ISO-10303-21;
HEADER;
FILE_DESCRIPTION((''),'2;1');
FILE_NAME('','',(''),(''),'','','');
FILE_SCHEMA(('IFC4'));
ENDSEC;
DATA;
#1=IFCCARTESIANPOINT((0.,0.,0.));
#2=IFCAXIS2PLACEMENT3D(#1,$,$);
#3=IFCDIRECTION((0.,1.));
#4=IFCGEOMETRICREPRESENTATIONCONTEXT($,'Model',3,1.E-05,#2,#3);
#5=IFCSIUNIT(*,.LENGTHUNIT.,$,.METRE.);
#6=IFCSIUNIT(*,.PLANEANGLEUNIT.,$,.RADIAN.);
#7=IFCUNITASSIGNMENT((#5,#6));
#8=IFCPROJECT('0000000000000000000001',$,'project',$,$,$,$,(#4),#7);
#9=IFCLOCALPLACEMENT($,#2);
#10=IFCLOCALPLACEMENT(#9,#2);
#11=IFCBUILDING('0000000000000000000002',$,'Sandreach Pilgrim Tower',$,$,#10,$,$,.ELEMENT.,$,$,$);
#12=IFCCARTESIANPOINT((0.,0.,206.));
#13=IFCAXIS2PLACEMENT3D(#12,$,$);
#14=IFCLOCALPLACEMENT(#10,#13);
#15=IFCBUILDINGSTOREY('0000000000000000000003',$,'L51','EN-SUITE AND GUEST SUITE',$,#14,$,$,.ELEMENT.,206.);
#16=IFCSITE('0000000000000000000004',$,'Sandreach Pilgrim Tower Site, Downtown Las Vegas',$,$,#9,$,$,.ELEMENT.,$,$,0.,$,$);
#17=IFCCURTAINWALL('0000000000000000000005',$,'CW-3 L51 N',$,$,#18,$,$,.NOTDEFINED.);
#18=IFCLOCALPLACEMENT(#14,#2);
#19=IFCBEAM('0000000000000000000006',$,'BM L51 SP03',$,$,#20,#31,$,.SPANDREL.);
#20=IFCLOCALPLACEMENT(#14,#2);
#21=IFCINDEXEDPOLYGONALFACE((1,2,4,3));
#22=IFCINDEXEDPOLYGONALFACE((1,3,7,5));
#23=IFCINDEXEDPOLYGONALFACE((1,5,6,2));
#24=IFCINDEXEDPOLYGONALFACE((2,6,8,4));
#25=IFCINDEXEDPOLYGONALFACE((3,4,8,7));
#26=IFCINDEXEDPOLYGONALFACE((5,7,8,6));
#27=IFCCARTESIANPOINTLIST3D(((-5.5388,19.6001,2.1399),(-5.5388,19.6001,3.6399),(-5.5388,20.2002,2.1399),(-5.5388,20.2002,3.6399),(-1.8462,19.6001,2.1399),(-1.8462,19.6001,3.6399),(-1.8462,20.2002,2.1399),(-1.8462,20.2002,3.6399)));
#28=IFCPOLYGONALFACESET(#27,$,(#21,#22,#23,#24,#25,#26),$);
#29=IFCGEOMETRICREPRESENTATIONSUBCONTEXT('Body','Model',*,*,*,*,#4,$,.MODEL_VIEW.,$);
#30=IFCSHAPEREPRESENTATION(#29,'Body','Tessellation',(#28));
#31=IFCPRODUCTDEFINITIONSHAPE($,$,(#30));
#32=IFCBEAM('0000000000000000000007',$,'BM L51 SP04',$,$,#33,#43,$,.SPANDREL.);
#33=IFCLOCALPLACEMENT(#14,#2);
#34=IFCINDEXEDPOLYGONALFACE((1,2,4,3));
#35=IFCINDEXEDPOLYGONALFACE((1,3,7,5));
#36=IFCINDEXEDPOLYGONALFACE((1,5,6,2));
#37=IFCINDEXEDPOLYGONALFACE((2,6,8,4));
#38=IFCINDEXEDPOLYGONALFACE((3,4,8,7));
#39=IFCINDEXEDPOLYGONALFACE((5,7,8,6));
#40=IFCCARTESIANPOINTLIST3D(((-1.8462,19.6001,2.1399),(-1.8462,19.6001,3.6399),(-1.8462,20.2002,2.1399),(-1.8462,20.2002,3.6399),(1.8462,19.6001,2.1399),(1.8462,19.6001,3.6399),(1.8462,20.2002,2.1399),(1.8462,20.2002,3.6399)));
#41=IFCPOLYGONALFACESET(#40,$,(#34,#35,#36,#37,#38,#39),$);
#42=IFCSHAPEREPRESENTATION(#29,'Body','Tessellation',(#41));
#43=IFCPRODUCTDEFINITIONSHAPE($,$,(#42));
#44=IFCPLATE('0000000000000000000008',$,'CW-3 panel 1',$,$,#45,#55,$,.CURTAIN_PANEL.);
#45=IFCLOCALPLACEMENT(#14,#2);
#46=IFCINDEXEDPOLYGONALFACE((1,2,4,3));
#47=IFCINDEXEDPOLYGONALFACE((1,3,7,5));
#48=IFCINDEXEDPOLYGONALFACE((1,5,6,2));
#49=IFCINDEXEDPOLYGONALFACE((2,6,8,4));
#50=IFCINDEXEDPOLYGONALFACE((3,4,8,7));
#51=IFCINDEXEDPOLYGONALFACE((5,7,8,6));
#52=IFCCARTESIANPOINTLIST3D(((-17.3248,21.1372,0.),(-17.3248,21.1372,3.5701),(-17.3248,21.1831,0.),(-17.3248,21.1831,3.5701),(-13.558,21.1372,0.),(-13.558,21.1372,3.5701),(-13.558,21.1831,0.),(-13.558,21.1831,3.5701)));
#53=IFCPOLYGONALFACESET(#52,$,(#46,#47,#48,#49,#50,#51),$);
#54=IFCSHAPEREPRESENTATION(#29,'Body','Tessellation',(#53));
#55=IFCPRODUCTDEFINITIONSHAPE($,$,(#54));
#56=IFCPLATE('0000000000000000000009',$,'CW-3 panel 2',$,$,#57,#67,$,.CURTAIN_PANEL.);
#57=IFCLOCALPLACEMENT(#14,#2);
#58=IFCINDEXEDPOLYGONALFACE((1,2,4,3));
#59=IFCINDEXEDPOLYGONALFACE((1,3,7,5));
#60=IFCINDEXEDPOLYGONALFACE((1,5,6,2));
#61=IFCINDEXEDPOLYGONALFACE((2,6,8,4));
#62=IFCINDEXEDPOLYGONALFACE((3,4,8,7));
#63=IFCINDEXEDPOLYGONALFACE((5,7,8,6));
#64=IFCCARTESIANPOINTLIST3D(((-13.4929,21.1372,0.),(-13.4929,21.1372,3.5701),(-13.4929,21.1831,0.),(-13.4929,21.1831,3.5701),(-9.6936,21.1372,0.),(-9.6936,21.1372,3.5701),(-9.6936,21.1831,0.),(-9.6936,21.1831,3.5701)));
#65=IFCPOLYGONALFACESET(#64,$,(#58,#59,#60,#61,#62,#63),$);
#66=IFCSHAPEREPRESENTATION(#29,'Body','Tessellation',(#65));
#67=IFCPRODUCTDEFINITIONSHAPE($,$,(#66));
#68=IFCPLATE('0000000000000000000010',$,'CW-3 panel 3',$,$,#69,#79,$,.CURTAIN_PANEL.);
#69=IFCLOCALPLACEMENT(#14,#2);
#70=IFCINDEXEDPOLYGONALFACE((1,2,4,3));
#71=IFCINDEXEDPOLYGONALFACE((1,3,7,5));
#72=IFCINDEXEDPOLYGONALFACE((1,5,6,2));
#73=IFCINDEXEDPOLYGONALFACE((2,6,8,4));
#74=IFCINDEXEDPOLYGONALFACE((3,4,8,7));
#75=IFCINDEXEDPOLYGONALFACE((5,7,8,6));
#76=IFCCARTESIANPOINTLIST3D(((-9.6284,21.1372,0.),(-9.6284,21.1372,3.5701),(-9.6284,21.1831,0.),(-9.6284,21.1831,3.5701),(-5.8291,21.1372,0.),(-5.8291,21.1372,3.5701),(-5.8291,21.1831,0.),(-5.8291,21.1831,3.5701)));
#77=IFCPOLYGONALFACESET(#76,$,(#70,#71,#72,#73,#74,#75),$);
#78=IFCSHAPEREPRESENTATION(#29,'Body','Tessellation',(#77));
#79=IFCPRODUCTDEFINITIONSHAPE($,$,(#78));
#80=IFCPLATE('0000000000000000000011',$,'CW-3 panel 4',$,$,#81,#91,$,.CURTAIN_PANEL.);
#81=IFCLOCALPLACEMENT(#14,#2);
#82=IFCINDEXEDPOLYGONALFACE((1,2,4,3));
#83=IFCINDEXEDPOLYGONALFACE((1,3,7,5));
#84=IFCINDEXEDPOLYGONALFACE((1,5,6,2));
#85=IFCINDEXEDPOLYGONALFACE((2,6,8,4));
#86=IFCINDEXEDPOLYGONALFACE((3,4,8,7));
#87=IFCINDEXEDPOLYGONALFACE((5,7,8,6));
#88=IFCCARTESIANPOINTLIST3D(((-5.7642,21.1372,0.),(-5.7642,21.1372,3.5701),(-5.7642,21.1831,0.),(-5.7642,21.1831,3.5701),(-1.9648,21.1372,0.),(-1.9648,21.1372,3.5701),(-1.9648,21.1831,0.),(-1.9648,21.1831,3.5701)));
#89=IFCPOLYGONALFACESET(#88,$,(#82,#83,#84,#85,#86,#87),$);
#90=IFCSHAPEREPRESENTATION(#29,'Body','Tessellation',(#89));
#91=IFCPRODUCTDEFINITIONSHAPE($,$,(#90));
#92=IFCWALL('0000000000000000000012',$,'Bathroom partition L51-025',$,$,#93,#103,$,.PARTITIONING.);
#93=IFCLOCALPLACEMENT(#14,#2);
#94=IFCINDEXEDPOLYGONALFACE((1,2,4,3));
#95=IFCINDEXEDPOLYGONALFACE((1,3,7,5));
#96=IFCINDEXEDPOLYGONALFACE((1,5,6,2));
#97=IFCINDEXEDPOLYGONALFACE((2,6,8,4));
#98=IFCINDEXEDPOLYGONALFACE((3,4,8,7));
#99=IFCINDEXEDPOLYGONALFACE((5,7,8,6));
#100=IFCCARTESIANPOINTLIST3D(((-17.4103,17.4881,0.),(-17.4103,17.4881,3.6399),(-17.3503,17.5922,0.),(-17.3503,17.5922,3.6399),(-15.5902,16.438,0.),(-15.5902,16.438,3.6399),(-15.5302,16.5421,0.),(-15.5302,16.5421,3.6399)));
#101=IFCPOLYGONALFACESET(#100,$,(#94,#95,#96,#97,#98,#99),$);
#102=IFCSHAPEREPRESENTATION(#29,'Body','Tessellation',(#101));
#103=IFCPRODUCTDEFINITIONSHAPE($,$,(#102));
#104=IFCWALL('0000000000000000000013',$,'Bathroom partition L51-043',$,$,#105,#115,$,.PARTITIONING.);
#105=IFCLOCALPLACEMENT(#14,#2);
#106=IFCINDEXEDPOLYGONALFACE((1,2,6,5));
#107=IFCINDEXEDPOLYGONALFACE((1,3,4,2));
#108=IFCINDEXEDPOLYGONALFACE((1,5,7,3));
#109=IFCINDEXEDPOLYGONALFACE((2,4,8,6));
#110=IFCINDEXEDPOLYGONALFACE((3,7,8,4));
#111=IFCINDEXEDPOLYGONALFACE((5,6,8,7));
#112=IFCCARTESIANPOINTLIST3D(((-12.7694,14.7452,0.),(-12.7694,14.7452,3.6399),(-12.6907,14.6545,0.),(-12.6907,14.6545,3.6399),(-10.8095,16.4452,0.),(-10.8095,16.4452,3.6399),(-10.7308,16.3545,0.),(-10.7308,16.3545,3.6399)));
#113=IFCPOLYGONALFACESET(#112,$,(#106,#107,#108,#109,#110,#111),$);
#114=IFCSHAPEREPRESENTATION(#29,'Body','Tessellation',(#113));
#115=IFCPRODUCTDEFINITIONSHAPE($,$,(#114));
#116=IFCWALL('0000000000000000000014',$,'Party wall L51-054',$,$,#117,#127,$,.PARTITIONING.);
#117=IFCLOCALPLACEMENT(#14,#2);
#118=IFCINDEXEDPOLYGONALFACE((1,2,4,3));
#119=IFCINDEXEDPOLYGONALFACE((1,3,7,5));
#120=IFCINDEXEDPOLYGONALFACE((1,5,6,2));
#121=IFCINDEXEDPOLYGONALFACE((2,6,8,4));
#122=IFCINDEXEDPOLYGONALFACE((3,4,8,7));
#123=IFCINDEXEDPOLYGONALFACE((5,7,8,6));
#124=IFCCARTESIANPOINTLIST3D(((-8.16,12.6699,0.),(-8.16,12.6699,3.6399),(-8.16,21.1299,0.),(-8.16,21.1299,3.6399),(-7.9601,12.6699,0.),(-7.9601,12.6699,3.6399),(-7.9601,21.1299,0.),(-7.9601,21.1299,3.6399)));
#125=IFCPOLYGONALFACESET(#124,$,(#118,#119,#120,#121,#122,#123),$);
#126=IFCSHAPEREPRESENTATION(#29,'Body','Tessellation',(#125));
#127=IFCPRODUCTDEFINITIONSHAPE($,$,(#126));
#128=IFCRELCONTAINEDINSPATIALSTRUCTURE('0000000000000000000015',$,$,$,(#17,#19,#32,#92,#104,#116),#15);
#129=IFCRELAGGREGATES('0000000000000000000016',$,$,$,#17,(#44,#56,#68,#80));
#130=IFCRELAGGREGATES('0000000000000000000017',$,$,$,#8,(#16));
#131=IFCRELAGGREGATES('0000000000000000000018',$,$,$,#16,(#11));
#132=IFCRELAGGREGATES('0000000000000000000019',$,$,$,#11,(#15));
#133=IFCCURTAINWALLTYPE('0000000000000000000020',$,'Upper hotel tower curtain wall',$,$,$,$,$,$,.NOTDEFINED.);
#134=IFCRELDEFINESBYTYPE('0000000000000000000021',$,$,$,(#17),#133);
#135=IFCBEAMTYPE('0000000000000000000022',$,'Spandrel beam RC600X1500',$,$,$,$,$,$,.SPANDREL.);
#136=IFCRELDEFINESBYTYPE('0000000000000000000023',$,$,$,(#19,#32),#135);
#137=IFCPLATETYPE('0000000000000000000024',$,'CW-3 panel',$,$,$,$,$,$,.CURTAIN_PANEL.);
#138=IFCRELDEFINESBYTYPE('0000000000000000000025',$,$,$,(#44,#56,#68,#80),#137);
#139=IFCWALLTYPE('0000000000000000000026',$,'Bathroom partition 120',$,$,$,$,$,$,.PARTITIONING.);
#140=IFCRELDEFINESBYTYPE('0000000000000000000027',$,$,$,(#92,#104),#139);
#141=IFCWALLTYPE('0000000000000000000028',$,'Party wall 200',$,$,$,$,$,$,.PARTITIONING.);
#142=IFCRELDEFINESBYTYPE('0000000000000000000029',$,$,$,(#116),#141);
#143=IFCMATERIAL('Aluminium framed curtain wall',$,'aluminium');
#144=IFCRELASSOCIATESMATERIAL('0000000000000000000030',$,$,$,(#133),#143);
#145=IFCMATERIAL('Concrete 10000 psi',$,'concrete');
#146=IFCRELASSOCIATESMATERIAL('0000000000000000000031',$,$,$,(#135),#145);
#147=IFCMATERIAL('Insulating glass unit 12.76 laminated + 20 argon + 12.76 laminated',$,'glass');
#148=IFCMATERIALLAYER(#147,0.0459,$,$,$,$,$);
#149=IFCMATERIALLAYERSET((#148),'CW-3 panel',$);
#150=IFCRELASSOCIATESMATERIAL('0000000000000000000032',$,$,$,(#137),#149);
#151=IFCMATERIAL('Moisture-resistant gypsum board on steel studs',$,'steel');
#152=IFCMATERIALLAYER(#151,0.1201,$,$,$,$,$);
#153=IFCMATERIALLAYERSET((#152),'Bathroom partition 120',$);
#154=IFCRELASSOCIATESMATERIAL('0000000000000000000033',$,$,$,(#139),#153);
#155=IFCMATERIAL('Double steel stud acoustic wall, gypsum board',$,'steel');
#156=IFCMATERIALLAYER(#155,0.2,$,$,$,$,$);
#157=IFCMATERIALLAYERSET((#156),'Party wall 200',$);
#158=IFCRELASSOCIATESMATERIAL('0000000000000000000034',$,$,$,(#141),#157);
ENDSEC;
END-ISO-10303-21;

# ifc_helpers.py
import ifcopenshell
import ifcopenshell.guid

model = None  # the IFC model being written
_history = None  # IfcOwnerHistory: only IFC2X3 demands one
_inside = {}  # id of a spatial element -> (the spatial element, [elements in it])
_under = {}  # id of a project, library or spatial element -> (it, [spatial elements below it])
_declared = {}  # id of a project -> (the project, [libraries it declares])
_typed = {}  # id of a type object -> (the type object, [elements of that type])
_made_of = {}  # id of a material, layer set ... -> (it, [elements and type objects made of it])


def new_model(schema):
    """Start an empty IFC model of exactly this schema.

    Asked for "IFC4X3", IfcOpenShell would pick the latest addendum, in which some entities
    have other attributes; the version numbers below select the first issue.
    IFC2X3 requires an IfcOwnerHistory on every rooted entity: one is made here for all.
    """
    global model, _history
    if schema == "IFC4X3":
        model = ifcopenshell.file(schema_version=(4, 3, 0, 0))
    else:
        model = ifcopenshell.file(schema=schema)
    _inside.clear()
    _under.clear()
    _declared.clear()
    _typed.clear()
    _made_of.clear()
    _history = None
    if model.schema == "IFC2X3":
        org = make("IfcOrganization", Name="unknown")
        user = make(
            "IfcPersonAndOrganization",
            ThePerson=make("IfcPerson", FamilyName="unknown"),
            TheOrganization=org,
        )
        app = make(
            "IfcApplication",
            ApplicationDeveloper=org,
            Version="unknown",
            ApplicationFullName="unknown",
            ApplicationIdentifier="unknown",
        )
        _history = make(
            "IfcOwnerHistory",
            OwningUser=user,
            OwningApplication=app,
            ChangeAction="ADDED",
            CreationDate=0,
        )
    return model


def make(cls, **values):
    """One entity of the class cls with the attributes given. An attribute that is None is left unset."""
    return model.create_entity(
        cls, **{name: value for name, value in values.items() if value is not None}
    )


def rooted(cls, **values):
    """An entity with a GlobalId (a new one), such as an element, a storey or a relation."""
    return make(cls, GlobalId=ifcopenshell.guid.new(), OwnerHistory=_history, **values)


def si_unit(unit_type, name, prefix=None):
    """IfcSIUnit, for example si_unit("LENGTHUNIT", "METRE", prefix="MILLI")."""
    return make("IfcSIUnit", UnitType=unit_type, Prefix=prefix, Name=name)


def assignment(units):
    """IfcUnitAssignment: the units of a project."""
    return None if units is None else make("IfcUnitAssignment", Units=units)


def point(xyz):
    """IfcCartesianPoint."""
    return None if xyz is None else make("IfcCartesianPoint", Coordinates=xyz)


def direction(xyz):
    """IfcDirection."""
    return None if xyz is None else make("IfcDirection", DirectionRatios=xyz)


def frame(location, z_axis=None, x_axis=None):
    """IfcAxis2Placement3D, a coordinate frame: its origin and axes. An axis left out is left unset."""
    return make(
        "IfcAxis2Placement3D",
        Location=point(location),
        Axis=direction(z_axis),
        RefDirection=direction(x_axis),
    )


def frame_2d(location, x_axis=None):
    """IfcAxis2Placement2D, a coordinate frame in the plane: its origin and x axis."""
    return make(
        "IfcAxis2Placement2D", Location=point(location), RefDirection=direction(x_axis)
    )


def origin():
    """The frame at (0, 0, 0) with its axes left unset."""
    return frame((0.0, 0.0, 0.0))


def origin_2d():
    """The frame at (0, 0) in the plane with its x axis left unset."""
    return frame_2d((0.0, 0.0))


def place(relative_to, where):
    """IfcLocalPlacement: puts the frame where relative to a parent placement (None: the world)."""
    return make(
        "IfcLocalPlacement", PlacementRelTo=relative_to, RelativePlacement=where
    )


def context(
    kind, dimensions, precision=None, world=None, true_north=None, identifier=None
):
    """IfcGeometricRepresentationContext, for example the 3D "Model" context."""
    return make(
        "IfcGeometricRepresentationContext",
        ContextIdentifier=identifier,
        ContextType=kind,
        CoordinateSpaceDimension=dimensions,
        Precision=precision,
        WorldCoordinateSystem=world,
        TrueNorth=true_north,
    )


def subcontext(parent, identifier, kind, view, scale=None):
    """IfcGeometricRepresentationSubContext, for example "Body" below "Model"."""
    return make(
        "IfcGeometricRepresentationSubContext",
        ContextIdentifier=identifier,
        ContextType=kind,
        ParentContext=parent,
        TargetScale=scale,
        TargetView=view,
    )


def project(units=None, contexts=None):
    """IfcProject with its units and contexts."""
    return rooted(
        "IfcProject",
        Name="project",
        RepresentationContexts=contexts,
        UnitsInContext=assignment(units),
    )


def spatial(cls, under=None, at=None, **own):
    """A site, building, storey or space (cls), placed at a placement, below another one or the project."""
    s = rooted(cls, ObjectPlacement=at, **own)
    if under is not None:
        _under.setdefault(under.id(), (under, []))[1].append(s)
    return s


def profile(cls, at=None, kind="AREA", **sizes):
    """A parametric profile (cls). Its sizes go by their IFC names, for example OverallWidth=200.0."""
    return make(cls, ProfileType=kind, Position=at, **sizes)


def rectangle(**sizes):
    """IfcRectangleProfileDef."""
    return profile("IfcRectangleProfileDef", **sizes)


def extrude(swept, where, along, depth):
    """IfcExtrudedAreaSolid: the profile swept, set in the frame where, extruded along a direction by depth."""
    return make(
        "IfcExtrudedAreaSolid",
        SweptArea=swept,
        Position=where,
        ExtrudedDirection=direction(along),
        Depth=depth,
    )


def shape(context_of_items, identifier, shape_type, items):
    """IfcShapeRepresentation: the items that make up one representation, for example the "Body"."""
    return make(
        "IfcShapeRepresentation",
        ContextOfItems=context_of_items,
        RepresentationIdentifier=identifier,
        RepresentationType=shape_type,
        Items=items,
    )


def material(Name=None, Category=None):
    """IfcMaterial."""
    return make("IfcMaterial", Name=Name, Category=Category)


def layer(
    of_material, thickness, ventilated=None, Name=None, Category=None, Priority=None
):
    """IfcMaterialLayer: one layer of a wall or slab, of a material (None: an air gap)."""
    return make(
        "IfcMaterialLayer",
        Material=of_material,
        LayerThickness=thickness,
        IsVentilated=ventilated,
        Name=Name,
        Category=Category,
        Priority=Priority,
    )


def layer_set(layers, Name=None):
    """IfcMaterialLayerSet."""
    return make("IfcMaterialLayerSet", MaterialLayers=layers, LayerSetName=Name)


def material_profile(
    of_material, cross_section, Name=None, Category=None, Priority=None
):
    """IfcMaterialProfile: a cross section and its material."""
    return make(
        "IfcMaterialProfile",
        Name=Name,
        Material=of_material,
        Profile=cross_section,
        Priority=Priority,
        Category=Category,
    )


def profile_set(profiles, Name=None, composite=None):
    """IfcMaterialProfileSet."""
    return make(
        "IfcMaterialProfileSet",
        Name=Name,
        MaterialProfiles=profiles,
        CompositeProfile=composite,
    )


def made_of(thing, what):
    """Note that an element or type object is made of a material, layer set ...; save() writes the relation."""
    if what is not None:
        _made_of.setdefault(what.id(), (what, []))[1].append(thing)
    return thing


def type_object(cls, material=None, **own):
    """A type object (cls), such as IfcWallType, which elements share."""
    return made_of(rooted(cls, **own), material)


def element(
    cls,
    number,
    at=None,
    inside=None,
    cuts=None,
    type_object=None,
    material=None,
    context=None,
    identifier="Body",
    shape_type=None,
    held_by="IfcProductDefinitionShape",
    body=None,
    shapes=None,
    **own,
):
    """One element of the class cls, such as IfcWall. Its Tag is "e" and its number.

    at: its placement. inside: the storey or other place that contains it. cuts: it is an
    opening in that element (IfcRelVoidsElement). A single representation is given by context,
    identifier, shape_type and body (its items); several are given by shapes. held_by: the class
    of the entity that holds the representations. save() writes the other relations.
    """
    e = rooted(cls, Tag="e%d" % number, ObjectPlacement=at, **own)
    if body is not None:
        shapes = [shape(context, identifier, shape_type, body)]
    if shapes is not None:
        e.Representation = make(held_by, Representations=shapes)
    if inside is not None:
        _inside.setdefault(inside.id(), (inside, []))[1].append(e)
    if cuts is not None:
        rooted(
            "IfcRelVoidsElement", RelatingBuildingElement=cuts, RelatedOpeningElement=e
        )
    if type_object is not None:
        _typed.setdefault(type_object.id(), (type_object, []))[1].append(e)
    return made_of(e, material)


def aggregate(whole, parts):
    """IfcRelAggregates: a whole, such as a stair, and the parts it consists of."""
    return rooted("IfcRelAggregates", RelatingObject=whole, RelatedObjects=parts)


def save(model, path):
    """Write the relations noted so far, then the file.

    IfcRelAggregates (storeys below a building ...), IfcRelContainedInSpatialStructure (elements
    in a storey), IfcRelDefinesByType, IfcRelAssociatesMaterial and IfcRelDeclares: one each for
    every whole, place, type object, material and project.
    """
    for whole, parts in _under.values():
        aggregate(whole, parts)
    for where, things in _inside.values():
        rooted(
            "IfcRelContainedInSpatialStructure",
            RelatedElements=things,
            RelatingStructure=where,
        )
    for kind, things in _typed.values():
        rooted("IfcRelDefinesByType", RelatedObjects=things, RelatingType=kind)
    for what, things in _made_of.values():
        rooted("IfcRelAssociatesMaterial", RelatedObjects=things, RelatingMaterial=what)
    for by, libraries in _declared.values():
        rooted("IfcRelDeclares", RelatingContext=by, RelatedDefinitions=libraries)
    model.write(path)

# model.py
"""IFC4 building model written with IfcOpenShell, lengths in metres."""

from ifc_helpers import new_model, si_unit, direction, frame, frame_2d, origin, origin_2d, place, context, subcontext, project, spatial, rectangle, extrude, material, layer, layer_set, material_profile, profile_set, type_object, element, aggregate, save


model = new_model("IFC4")

# Units and contexts
model_context = context("Model", 3, precision=1e-05, world=origin(), true_north=direction((0.0, 1.0)))
body_context = subcontext(model_context, "Body", "Model", "MODEL_VIEW")
ifc_project = project(units=[si_unit("LENGTHUNIT", "METRE"), si_unit("PLANEANGLEUNIT", "RADIAN")], contexts=[model_context])

# Site, building, storey
site_placement = place(None, origin())
site = spatial("IfcSite", under=ifc_project, at=site_placement, Name="Sandreach Pilgrim Tower Site, Downtown Las Vegas", CompositionType="ELEMENT", RefElevation=0.0)
building_placement = place(site_placement, origin())
building = spatial("IfcBuilding", under=site, at=building_placement, Name="Sandreach Pilgrim Tower", CompositionType="ELEMENT")
storey_placement = place(building_placement, frame((0.0, 0.0, 206.0)))
storey = spatial("IfcBuildingStorey", under=building, at=storey_placement, Name="L51", Description="EN-SUITE AND GUEST SUITE", CompositionType="ELEMENT", Elevation=206.0)

# Curtain wall
ifc_material_1 = material(Name="Aluminium framed curtain wall", Category="aluminium")
curtain_wall_type = type_object("IfcCurtainWallType", Name="Upper hotel tower curtain wall", PredefinedType="NOTDEFINED", material=ifc_material_1)
curtain_wall_placement = place(storey_placement, origin())
curtain_wall = element("IfcCurtainWall", 1, at=curtain_wall_placement, inside=storey, type_object=curtain_wall_type, Name="CW-3 L51 N", PredefinedType="NOTDEFINED")

# Beams
ifc_material_2 = material(Name="Concrete 10000 psi", Category="concrete")
ifc_material_profile_1 = material_profile(ifc_material_2, rectangle(XDim=0.6001, YDim=1.5, at=origin_2d()), Name="RC600X1500")
ifc_profile_set_1 = profile_set([ifc_material_profile_1], Name="Concrete 10000 psi")
beam_type_1 = type_object("IfcBeamType", Name="Spandrel beam RC600X1500", PredefinedType="SPANDREL", material=ifc_profile_set_1)
beam_1_placement = place(storey_placement, frame((-5.5388, 19.9001, 2.8899), z_axis=(1.0, 0.0, 0.0), x_axis=(0.0, 1.0, 0.0)))
element("IfcBeam", 2, at=beam_1_placement, inside=storey, type_object=beam_type_1, Name="BM L51 SP03", PredefinedType="SPANDREL", context=body_context, shape_type="SweptSolid", body=[
    extrude(rectangle(XDim=0.6001, YDim=1.5, at=origin_2d()), origin(), (0.0, 0.0, 1.0), 3.6926),
])
beam_2_placement = place(storey_placement, frame((-1.8462, 19.9001, 2.8899), z_axis=(1.0, 0.0, 0.0), x_axis=(0.0, 1.0, 0.0)))
element("IfcBeam", 3, at=beam_2_placement, inside=storey, type_object=beam_type_1, Name="BM L51 SP04", PredefinedType="SPANDREL", context=body_context, shape_type="SweptSolid", body=[
    extrude(rectangle(XDim=0.6001, YDim=1.5, at=origin_2d()), origin(), (0.0, 0.0, 1.0), 3.6924),
])

# Plates
ifc_material_3 = material(Name="Insulating glass unit 12.76 laminated + 20 argon + 12.76 laminated", Category="glass")
ifc_layer_1 = layer(ifc_material_3, 0.0459)
ifc_layer_set_1 = layer_set([ifc_layer_1], Name="CW-3 panel")
plate_type = type_object("IfcPlateType", Name="CW-3 panel", PredefinedType="CURTAIN_PANEL", material=ifc_layer_set_1)
plate_1_placement = place(storey_placement, frame((-15.4414, 21.1602, 0.0), z_axis=(0.0, 0.0, 1.0), x_axis=(1.0, 0.0, 0.0)))
plate_1 = element("IfcPlate", 4, at=plate_1_placement, type_object=plate_type, Name="CW-3 panel 1", PredefinedType="CURTAIN_PANEL", context=body_context, shape_type="SweptSolid", body=[
    extrude(rectangle(XDim=3.7668, YDim=0.0459, at=origin_2d()), origin(), (0.0, 0.0, 1.0), 3.5701),
])
plate_2_placement = place(storey_placement, frame((-11.5933, 21.1602, 0.0), z_axis=(0.0, 0.0, 1.0), x_axis=(1.0, 0.0, 0.0)))
plate_2 = element("IfcPlate", 5, at=plate_2_placement, type_object=plate_type, Name="CW-3 panel 2", PredefinedType="CURTAIN_PANEL", context=body_context, shape_type="SweptSolid", body=[
    extrude(rectangle(XDim=3.7993, YDim=0.0459, at=origin_2d()), origin(), (0.0, 0.0, 1.0), 3.5701),
])
plate_3_placement = place(storey_placement, frame((-7.7288, 21.1602, 0.0), z_axis=(0.0, 0.0, 1.0), x_axis=(1.0, 0.0, 0.0)))
plate_3 = element("IfcPlate", 6, at=plate_3_placement, type_object=plate_type, Name="CW-3 panel 3", PredefinedType="CURTAIN_PANEL", context=body_context, shape_type="SweptSolid", body=[
    extrude(rectangle(XDim=3.7993, YDim=0.0459, at=origin_2d()), origin(), (0.0, 0.0, 1.0), 3.5701),
])
plate_4_placement = place(storey_placement, frame((-3.8645, 21.1602, 0.0), z_axis=(0.0, 0.0, 1.0), x_axis=(1.0, 0.0, 0.0)))
plate_4 = element("IfcPlate", 7, at=plate_4_placement, type_object=plate_type, Name="CW-3 panel 4", PredefinedType="CURTAIN_PANEL", context=body_context, shape_type="SweptSolid", body=[
    extrude(rectangle(XDim=3.7993, YDim=0.0459, at=origin_2d()), origin(), (0.0, 0.0, 1.0), 3.5701),
])
aggregate(curtain_wall, [plate_1, plate_2, plate_3, plate_4])

# Walls
ifc_material_4 = material(Name="Moisture-resistant gypsum board on steel studs", Category="steel")
ifc_layer_2 = layer(ifc_material_4, 0.1201)
ifc_layer_set_2 = layer_set([ifc_layer_2], Name="Bathroom partition 120")
wall_type_1 = type_object("IfcWallType", Name="Bathroom partition 120", PredefinedType="PARTITIONING", material=ifc_layer_set_2)
wall_1_placement = place(storey_placement, frame((-15.5601, 16.49, 0.0), z_axis=(0.0, 0.0, 1.0), x_axis=(-0.866184, 0.499726, 0.0)))
element("IfcWall", 8, at=wall_1_placement, inside=storey, type_object=wall_type_1, Name="Bathroom partition L51-025", PredefinedType="PARTITIONING", context=body_context, shape_type="SweptSolid", body=[
    extrude(rectangle(XDim=2.1013, YDim=0.1201, at=frame_2d((1.0508, 0.0))), origin(), (0.0, 0.0, 1.0), 3.6399),
])
wall_2_placement = place(storey_placement, frame((-10.77, 16.3999, 0.0), z_axis=(0.0, 0.0, 1.0), x_axis=(-0.755438, -0.655221, 0.0)))
element("IfcWall", 9, at=wall_2_placement, inside=storey, type_object=wall_type_1, Name="Bathroom partition L51-043", PredefinedType="PARTITIONING", context=body_context, shape_type="SweptSolid", body=[
    extrude(rectangle(XDim=2.5945, YDim=0.1201, at=frame_2d((1.2974, 0.0))), origin(), (0.0, 0.0, 1.0), 3.6399),
])
ifc_material_5 = material(Name="Double steel stud acoustic wall, gypsum board", Category="steel")
ifc_layer_3 = layer(ifc_material_5, 0.2)
ifc_layer_set_3 = layer_set([ifc_layer_3], Name="Party wall 200")
wall_type_2 = type_object("IfcWallType", Name="Party wall 200", PredefinedType="PARTITIONING", material=ifc_layer_set_3)
wall_3_placement = place(storey_placement, frame((-8.0601, 21.1299, 0.0), z_axis=(0.0, 0.0, 1.0), x_axis=(0.0, -1.0, 0.0)))
element("IfcWall", 10, at=wall_3_placement, inside=storey, type_object=wall_type_2, Name="Party wall L51-054", PredefinedType="PARTITIONING", context=body_context, shape_type="SweptSolid", body=[
    extrude(rectangle(XDim=8.46, YDim=0.2, at=frame_2d((4.23, 0.0))), origin(), (0.0, 0.0, 1.0), 3.6399),
])

save(model, "model.ifc")
